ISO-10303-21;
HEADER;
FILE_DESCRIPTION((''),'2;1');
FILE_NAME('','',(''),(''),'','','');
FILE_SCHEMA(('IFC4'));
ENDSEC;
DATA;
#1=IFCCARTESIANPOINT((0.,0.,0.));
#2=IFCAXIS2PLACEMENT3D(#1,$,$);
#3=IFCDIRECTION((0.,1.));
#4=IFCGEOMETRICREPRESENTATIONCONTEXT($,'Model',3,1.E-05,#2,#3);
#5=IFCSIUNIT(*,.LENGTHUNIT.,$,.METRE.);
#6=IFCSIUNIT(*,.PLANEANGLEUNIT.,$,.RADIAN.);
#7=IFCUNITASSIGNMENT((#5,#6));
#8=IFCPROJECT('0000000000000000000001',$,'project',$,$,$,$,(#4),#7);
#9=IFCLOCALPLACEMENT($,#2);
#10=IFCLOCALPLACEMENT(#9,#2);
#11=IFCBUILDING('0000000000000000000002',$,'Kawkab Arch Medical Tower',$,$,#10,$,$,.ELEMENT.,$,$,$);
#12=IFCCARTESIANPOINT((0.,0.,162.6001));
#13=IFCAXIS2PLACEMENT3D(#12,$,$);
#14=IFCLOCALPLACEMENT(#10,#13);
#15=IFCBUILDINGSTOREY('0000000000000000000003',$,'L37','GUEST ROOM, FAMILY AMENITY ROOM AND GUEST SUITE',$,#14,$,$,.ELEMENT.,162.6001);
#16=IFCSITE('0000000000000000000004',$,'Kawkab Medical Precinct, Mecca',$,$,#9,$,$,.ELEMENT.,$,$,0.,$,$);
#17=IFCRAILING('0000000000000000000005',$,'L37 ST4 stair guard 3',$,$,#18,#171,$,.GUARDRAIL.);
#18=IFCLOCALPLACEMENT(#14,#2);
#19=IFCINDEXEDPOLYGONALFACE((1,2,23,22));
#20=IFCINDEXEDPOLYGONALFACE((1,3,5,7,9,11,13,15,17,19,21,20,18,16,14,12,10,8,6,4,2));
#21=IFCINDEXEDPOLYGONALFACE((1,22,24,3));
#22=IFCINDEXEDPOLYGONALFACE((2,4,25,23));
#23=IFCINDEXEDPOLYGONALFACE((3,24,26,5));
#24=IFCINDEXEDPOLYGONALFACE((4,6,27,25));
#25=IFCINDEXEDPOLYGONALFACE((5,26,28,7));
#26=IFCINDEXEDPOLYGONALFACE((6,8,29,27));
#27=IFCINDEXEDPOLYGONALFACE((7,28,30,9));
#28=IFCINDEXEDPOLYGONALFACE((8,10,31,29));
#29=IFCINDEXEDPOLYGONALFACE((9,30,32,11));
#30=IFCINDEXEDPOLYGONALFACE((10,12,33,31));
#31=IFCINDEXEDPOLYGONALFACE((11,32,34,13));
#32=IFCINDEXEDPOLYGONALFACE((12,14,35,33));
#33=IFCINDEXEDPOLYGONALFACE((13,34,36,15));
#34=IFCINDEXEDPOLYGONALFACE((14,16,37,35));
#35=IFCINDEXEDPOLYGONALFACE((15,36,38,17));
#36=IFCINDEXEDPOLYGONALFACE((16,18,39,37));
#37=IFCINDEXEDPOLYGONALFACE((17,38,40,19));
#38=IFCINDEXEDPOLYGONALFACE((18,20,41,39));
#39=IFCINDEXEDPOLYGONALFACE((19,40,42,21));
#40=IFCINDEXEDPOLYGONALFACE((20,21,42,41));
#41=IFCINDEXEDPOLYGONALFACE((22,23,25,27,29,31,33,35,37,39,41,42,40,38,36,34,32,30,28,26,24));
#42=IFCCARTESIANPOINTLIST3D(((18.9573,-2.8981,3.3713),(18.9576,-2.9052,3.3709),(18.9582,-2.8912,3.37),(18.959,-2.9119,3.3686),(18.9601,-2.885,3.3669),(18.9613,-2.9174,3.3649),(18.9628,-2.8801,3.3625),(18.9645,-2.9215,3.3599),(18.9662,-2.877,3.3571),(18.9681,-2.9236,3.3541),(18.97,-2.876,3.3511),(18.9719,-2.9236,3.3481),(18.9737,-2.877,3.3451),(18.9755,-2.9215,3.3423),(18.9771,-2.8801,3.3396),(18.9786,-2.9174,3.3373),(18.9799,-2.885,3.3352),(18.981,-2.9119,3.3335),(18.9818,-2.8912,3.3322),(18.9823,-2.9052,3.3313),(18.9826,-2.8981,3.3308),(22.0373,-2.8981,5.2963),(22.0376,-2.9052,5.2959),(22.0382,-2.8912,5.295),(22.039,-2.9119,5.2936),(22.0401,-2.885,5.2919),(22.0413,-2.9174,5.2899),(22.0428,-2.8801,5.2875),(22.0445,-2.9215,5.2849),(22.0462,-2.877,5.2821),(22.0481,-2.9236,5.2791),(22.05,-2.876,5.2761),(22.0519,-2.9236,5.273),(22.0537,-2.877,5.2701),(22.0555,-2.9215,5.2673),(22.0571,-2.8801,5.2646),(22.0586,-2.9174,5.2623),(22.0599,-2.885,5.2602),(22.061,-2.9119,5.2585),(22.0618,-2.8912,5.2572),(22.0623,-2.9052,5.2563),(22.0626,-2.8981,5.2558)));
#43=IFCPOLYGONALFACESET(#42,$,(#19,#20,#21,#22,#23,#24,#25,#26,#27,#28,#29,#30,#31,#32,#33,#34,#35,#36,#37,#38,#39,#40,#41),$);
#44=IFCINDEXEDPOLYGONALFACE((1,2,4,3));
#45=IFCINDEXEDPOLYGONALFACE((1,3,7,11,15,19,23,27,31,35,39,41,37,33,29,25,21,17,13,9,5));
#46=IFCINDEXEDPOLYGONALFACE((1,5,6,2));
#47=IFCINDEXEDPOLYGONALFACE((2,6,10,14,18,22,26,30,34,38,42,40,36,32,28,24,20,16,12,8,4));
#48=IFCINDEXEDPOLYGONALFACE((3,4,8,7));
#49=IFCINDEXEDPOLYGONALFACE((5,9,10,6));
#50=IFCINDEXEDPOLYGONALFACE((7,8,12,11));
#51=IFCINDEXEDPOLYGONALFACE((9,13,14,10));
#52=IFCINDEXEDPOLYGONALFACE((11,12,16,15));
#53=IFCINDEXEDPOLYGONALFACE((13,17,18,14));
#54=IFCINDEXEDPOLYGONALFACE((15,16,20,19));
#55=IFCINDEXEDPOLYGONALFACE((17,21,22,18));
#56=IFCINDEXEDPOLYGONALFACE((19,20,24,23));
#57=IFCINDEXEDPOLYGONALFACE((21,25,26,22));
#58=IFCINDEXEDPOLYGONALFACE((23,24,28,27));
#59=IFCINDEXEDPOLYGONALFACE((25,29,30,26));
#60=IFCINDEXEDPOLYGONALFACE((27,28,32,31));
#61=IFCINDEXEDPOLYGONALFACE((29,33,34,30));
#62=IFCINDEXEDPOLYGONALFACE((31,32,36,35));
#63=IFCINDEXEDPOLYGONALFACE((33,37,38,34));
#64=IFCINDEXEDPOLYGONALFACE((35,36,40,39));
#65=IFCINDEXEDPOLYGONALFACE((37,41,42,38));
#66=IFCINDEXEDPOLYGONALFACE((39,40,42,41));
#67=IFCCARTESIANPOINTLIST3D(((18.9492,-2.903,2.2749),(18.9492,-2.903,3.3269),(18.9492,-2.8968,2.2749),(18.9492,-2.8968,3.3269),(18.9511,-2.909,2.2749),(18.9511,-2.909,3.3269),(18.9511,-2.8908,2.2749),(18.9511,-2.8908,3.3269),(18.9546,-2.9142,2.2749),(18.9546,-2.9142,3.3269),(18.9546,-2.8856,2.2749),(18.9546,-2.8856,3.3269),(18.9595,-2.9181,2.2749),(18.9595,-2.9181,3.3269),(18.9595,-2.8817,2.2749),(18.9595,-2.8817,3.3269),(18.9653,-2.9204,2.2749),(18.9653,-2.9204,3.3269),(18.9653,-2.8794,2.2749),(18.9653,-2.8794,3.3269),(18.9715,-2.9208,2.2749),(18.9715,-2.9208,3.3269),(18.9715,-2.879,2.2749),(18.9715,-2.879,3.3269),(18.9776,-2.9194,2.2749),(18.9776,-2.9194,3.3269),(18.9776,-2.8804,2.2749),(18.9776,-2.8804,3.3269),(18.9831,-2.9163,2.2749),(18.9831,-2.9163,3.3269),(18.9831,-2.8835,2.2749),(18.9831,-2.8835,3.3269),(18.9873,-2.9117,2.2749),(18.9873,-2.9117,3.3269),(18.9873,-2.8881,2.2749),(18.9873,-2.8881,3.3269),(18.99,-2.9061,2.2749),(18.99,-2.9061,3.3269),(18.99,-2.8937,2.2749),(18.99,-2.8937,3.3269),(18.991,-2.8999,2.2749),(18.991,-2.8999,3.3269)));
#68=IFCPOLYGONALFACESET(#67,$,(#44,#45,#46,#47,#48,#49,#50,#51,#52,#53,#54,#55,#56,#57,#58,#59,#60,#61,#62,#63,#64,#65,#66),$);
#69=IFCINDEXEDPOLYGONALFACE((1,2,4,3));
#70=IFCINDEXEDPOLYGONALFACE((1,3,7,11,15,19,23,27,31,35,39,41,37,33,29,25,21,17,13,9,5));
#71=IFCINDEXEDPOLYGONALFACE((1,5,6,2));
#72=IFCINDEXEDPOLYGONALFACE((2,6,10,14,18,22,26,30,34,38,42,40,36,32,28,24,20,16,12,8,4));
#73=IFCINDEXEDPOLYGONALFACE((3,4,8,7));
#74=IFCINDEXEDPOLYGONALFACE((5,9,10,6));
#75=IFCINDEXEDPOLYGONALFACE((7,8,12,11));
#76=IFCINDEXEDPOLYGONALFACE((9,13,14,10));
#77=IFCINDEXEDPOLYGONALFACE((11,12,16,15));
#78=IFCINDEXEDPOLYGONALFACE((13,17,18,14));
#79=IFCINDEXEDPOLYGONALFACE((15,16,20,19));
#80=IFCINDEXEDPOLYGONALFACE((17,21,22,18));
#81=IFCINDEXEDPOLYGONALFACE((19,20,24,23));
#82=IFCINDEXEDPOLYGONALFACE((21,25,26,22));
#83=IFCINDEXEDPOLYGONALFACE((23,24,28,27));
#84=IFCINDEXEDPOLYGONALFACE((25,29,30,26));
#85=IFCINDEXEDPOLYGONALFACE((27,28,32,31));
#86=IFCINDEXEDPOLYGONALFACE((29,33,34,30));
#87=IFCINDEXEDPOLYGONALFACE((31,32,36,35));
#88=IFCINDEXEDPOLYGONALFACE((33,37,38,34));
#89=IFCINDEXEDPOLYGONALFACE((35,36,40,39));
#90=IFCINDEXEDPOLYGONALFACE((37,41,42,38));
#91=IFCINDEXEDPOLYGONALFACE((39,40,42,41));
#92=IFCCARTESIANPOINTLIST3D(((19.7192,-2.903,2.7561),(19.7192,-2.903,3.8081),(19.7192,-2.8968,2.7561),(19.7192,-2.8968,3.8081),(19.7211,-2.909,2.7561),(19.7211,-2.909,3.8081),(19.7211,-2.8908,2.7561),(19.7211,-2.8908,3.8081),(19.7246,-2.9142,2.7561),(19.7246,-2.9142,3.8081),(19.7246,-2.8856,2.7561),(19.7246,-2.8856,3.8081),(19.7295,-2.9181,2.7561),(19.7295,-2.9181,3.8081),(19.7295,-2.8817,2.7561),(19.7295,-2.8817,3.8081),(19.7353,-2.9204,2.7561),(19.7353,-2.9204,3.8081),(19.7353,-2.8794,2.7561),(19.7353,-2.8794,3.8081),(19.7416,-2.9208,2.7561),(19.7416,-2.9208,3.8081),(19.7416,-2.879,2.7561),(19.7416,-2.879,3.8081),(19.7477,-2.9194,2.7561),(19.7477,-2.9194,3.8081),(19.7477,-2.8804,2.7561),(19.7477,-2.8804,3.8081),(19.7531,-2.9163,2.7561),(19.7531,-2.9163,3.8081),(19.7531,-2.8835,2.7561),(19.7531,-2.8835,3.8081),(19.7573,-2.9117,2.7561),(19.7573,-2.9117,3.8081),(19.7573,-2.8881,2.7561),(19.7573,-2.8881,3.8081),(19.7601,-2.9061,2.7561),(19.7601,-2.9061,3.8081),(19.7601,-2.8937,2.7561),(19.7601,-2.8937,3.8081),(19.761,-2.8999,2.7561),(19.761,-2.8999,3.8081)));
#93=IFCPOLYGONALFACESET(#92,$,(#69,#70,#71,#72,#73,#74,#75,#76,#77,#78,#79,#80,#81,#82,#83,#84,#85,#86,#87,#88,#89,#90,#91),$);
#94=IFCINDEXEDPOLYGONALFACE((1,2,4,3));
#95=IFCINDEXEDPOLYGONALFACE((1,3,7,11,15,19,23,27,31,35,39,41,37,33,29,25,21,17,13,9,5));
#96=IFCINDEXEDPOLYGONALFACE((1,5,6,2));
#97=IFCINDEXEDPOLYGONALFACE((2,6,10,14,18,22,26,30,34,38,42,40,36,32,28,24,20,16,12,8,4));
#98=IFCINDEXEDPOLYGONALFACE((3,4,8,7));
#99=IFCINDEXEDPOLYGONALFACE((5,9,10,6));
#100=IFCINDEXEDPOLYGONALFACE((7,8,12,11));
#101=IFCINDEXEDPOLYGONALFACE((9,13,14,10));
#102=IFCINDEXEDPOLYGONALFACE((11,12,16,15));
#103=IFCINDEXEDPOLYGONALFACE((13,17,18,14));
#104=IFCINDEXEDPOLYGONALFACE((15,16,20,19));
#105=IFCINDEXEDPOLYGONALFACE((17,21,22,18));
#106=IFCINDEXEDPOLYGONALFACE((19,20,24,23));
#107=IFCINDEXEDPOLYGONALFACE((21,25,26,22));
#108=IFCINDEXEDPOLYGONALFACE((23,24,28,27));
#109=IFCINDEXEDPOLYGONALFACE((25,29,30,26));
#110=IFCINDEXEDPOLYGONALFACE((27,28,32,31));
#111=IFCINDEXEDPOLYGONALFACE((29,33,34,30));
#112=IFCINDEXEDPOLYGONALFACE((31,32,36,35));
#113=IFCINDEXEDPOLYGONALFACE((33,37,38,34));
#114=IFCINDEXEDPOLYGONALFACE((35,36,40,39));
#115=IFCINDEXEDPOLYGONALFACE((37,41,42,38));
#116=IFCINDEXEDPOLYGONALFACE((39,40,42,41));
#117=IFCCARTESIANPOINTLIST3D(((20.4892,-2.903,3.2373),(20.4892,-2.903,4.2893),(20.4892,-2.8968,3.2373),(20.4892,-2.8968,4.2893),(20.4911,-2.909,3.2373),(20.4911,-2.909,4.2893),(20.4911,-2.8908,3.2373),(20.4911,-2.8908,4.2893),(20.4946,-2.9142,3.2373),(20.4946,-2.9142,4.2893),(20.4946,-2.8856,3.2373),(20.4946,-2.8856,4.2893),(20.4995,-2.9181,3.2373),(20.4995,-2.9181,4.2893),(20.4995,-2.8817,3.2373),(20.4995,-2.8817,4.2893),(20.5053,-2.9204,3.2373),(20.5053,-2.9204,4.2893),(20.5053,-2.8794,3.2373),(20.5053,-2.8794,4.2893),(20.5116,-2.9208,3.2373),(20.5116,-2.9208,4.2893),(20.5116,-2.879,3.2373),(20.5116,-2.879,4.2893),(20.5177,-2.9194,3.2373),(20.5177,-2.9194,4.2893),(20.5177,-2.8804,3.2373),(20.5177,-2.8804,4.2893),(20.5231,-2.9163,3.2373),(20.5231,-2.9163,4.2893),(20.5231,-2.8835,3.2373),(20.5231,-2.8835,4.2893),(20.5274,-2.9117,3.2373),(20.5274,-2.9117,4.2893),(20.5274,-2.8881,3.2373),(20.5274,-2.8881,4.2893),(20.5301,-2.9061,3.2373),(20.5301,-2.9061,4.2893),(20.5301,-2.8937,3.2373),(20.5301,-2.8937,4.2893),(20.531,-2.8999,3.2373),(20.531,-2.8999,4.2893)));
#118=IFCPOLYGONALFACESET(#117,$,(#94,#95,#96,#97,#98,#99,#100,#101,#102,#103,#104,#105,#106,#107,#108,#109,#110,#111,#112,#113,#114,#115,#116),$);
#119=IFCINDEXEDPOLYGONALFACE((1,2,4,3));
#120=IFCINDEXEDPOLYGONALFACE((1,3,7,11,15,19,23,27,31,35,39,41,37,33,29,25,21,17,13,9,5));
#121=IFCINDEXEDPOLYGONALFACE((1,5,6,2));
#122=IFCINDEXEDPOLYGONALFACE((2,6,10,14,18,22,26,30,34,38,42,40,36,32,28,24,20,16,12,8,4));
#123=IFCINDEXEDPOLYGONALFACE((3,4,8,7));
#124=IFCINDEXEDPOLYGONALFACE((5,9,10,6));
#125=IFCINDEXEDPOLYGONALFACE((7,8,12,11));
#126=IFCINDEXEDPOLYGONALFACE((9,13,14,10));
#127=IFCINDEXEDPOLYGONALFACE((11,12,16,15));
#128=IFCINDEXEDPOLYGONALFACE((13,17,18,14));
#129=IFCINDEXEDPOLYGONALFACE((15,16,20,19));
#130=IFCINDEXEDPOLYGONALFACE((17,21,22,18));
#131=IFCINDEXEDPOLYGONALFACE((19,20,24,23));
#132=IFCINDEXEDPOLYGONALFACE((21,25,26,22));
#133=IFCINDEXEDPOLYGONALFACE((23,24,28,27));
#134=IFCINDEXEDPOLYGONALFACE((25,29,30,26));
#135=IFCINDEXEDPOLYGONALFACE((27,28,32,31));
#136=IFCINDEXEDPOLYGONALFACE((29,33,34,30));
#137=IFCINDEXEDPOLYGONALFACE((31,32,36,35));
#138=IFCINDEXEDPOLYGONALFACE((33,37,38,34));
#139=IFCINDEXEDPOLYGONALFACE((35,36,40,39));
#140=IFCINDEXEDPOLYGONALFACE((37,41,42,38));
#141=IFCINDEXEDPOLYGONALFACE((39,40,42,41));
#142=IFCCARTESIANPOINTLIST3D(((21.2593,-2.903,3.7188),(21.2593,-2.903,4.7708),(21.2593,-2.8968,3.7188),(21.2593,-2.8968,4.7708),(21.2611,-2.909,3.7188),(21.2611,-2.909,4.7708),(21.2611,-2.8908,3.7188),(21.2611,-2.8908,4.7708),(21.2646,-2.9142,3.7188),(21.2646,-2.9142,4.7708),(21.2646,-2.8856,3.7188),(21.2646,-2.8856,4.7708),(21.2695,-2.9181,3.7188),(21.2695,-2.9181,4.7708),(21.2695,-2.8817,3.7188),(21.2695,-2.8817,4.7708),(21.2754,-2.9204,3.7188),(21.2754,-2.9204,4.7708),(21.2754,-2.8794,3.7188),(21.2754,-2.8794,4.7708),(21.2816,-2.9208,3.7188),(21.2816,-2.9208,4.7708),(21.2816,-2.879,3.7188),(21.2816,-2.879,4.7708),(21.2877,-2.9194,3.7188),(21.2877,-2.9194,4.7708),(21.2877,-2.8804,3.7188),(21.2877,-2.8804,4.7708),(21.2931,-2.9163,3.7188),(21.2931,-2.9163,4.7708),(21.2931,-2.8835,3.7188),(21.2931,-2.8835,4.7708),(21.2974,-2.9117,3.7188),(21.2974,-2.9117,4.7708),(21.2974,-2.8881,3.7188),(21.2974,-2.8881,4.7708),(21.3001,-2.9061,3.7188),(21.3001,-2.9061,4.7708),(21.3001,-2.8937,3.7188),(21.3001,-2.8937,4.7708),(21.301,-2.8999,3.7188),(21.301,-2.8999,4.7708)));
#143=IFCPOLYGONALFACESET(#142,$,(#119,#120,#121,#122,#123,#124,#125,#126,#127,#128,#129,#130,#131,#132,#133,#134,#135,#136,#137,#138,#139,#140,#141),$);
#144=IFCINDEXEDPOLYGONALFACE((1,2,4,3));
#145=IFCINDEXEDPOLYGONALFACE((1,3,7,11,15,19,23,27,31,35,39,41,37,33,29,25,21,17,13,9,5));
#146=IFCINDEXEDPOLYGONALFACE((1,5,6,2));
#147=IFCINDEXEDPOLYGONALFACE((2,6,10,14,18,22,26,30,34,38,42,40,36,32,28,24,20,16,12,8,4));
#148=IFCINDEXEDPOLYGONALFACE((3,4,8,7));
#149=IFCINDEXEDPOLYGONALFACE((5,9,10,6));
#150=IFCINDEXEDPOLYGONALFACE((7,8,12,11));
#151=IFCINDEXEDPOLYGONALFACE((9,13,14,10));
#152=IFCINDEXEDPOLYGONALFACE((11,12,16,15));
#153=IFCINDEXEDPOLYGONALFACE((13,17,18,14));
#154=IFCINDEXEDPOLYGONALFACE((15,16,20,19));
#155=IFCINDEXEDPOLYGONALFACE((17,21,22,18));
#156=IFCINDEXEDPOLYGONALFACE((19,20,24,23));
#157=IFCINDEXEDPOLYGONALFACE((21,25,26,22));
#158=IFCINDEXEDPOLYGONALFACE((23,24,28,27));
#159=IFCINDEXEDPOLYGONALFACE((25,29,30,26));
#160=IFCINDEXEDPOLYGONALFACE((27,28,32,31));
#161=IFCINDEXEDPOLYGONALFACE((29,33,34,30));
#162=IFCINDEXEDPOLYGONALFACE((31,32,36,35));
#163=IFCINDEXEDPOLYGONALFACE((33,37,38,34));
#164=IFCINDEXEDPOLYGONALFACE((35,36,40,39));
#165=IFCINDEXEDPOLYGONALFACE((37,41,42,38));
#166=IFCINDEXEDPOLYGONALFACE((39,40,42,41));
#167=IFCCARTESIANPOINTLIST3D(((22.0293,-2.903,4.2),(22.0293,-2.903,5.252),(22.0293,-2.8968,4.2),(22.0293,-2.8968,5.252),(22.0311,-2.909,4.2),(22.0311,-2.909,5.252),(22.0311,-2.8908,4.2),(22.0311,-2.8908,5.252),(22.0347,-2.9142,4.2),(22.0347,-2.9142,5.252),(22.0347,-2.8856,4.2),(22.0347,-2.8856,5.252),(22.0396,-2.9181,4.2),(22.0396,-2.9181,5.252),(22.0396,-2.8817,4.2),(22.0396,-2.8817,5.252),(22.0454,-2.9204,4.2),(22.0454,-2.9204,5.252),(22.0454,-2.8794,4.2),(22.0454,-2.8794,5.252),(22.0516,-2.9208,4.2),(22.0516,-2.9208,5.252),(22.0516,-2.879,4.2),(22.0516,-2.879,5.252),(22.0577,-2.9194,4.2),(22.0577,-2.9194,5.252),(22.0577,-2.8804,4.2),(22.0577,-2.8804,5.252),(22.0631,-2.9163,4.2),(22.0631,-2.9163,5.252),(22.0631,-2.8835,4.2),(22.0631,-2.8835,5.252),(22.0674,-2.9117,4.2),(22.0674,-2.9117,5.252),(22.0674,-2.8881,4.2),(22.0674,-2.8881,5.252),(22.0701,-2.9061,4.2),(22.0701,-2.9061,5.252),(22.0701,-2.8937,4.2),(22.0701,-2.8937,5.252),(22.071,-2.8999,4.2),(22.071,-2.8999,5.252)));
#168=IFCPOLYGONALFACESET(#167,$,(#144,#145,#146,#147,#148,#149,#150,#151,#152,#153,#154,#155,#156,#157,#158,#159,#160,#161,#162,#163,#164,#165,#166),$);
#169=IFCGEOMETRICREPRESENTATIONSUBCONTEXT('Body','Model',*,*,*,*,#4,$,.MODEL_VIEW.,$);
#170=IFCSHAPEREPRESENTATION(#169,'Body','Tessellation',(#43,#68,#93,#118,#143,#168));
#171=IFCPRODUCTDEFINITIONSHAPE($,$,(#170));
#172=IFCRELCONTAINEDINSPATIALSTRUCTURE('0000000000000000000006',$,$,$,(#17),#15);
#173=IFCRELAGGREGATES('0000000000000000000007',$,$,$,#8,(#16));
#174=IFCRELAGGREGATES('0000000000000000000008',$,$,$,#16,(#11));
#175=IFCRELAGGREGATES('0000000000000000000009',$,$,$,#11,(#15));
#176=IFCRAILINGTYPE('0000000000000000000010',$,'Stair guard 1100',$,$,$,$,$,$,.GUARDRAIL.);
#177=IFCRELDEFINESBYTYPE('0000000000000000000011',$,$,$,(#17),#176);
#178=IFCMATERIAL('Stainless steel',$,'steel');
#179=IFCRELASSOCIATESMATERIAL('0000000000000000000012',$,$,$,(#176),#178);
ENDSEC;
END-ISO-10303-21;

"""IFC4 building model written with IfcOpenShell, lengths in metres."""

from ifc_helpers import new_model, si_unit, direction, frame, origin, origin_2d, place, context, subcontext, project, spatial, circle, extrude, material, type_object, element, save


model = new_model("IFC4")

# Units and contexts
model_context = context("Model", 3, precision=1e-05, world=origin(), true_north=direction((0.0, 1.0)))
body_context = subcontext(model_context, "Body", "Model", "MODEL_VIEW")
ifc_project = project(units=[si_unit("LENGTHUNIT", "METRE"), si_unit("PLANEANGLEUNIT", "RADIAN")], contexts=[model_context])

# Site, building, storey
site_placement = place(None, origin())
site = spatial("IfcSite", under=ifc_project, at=site_placement, Name="Kawkab Medical Precinct, Mecca", CompositionType="ELEMENT", RefElevation=0.0)
building_placement = place(site_placement, origin())
building = spatial("IfcBuilding", under=site, at=building_placement, Name="Kawkab Arch Medical Tower", CompositionType="ELEMENT")
storey_placement = place(building_placement, frame((0.0, 0.0, 162.6001)))
storey = spatial("IfcBuildingStorey", under=building, at=storey_placement, Name="L37", Description="GUEST ROOM, FAMILY AMENITY ROOM AND GUEST SUITE", CompositionType="ELEMENT", Elevation=162.6001)

# Railing
ifc_material_1 = material(Name="Stainless steel", Category="steel")
railing_type_1 = type_object("IfcRailingType", Name="Stair guard 1100", PredefinedType="GUARDRAIL", material=ifc_material_1)
railing_1_placement = place(storey_placement, frame((18.97, -2.8999, 2.2749)))
element("IfcRailing", 1, at=railing_1_placement, inside=storey, type_object=railing_type_1, Name="L37 ST4 stair guard 3", PredefinedType="GUARDRAIL", context=body_context, shape_type="SweptSolid", body=[
    extrude(circle(Radius=0.0239, at=origin_2d()), frame((0.0, 0.0, 1.0762), z_axis=(0.847998, 0.0, 0.529999), x_axis=(0.0, 1.0, 0.0)), (0.0, 0.0, 1.0), 3.6321),
    extrude(circle(Radius=0.021, at=origin_2d()), origin(), (0.0, 0.0, 1.0), 1.052),
    extrude(circle(Radius=0.021, at=origin_2d()), frame((0.77, 0.0, 0.4812)), (0.0, 0.0, 1.0), 1.052),
    extrude(circle(Radius=0.021, at=origin_2d()), frame((1.54, 0.0, 0.9624)), (0.0, 0.0, 1.0), 1.052),
    extrude(circle(Radius=0.021, at=origin_2d()), frame((2.3101, 0.0, 1.4438)), (0.0, 0.0, 1.0), 1.052),
    extrude(circle(Radius=0.021, at=origin_2d()), frame((3.0801, 0.0, 1.925)), (0.0, 0.0, 1.0), 1.052),
])

save(model, "model.ifc")
